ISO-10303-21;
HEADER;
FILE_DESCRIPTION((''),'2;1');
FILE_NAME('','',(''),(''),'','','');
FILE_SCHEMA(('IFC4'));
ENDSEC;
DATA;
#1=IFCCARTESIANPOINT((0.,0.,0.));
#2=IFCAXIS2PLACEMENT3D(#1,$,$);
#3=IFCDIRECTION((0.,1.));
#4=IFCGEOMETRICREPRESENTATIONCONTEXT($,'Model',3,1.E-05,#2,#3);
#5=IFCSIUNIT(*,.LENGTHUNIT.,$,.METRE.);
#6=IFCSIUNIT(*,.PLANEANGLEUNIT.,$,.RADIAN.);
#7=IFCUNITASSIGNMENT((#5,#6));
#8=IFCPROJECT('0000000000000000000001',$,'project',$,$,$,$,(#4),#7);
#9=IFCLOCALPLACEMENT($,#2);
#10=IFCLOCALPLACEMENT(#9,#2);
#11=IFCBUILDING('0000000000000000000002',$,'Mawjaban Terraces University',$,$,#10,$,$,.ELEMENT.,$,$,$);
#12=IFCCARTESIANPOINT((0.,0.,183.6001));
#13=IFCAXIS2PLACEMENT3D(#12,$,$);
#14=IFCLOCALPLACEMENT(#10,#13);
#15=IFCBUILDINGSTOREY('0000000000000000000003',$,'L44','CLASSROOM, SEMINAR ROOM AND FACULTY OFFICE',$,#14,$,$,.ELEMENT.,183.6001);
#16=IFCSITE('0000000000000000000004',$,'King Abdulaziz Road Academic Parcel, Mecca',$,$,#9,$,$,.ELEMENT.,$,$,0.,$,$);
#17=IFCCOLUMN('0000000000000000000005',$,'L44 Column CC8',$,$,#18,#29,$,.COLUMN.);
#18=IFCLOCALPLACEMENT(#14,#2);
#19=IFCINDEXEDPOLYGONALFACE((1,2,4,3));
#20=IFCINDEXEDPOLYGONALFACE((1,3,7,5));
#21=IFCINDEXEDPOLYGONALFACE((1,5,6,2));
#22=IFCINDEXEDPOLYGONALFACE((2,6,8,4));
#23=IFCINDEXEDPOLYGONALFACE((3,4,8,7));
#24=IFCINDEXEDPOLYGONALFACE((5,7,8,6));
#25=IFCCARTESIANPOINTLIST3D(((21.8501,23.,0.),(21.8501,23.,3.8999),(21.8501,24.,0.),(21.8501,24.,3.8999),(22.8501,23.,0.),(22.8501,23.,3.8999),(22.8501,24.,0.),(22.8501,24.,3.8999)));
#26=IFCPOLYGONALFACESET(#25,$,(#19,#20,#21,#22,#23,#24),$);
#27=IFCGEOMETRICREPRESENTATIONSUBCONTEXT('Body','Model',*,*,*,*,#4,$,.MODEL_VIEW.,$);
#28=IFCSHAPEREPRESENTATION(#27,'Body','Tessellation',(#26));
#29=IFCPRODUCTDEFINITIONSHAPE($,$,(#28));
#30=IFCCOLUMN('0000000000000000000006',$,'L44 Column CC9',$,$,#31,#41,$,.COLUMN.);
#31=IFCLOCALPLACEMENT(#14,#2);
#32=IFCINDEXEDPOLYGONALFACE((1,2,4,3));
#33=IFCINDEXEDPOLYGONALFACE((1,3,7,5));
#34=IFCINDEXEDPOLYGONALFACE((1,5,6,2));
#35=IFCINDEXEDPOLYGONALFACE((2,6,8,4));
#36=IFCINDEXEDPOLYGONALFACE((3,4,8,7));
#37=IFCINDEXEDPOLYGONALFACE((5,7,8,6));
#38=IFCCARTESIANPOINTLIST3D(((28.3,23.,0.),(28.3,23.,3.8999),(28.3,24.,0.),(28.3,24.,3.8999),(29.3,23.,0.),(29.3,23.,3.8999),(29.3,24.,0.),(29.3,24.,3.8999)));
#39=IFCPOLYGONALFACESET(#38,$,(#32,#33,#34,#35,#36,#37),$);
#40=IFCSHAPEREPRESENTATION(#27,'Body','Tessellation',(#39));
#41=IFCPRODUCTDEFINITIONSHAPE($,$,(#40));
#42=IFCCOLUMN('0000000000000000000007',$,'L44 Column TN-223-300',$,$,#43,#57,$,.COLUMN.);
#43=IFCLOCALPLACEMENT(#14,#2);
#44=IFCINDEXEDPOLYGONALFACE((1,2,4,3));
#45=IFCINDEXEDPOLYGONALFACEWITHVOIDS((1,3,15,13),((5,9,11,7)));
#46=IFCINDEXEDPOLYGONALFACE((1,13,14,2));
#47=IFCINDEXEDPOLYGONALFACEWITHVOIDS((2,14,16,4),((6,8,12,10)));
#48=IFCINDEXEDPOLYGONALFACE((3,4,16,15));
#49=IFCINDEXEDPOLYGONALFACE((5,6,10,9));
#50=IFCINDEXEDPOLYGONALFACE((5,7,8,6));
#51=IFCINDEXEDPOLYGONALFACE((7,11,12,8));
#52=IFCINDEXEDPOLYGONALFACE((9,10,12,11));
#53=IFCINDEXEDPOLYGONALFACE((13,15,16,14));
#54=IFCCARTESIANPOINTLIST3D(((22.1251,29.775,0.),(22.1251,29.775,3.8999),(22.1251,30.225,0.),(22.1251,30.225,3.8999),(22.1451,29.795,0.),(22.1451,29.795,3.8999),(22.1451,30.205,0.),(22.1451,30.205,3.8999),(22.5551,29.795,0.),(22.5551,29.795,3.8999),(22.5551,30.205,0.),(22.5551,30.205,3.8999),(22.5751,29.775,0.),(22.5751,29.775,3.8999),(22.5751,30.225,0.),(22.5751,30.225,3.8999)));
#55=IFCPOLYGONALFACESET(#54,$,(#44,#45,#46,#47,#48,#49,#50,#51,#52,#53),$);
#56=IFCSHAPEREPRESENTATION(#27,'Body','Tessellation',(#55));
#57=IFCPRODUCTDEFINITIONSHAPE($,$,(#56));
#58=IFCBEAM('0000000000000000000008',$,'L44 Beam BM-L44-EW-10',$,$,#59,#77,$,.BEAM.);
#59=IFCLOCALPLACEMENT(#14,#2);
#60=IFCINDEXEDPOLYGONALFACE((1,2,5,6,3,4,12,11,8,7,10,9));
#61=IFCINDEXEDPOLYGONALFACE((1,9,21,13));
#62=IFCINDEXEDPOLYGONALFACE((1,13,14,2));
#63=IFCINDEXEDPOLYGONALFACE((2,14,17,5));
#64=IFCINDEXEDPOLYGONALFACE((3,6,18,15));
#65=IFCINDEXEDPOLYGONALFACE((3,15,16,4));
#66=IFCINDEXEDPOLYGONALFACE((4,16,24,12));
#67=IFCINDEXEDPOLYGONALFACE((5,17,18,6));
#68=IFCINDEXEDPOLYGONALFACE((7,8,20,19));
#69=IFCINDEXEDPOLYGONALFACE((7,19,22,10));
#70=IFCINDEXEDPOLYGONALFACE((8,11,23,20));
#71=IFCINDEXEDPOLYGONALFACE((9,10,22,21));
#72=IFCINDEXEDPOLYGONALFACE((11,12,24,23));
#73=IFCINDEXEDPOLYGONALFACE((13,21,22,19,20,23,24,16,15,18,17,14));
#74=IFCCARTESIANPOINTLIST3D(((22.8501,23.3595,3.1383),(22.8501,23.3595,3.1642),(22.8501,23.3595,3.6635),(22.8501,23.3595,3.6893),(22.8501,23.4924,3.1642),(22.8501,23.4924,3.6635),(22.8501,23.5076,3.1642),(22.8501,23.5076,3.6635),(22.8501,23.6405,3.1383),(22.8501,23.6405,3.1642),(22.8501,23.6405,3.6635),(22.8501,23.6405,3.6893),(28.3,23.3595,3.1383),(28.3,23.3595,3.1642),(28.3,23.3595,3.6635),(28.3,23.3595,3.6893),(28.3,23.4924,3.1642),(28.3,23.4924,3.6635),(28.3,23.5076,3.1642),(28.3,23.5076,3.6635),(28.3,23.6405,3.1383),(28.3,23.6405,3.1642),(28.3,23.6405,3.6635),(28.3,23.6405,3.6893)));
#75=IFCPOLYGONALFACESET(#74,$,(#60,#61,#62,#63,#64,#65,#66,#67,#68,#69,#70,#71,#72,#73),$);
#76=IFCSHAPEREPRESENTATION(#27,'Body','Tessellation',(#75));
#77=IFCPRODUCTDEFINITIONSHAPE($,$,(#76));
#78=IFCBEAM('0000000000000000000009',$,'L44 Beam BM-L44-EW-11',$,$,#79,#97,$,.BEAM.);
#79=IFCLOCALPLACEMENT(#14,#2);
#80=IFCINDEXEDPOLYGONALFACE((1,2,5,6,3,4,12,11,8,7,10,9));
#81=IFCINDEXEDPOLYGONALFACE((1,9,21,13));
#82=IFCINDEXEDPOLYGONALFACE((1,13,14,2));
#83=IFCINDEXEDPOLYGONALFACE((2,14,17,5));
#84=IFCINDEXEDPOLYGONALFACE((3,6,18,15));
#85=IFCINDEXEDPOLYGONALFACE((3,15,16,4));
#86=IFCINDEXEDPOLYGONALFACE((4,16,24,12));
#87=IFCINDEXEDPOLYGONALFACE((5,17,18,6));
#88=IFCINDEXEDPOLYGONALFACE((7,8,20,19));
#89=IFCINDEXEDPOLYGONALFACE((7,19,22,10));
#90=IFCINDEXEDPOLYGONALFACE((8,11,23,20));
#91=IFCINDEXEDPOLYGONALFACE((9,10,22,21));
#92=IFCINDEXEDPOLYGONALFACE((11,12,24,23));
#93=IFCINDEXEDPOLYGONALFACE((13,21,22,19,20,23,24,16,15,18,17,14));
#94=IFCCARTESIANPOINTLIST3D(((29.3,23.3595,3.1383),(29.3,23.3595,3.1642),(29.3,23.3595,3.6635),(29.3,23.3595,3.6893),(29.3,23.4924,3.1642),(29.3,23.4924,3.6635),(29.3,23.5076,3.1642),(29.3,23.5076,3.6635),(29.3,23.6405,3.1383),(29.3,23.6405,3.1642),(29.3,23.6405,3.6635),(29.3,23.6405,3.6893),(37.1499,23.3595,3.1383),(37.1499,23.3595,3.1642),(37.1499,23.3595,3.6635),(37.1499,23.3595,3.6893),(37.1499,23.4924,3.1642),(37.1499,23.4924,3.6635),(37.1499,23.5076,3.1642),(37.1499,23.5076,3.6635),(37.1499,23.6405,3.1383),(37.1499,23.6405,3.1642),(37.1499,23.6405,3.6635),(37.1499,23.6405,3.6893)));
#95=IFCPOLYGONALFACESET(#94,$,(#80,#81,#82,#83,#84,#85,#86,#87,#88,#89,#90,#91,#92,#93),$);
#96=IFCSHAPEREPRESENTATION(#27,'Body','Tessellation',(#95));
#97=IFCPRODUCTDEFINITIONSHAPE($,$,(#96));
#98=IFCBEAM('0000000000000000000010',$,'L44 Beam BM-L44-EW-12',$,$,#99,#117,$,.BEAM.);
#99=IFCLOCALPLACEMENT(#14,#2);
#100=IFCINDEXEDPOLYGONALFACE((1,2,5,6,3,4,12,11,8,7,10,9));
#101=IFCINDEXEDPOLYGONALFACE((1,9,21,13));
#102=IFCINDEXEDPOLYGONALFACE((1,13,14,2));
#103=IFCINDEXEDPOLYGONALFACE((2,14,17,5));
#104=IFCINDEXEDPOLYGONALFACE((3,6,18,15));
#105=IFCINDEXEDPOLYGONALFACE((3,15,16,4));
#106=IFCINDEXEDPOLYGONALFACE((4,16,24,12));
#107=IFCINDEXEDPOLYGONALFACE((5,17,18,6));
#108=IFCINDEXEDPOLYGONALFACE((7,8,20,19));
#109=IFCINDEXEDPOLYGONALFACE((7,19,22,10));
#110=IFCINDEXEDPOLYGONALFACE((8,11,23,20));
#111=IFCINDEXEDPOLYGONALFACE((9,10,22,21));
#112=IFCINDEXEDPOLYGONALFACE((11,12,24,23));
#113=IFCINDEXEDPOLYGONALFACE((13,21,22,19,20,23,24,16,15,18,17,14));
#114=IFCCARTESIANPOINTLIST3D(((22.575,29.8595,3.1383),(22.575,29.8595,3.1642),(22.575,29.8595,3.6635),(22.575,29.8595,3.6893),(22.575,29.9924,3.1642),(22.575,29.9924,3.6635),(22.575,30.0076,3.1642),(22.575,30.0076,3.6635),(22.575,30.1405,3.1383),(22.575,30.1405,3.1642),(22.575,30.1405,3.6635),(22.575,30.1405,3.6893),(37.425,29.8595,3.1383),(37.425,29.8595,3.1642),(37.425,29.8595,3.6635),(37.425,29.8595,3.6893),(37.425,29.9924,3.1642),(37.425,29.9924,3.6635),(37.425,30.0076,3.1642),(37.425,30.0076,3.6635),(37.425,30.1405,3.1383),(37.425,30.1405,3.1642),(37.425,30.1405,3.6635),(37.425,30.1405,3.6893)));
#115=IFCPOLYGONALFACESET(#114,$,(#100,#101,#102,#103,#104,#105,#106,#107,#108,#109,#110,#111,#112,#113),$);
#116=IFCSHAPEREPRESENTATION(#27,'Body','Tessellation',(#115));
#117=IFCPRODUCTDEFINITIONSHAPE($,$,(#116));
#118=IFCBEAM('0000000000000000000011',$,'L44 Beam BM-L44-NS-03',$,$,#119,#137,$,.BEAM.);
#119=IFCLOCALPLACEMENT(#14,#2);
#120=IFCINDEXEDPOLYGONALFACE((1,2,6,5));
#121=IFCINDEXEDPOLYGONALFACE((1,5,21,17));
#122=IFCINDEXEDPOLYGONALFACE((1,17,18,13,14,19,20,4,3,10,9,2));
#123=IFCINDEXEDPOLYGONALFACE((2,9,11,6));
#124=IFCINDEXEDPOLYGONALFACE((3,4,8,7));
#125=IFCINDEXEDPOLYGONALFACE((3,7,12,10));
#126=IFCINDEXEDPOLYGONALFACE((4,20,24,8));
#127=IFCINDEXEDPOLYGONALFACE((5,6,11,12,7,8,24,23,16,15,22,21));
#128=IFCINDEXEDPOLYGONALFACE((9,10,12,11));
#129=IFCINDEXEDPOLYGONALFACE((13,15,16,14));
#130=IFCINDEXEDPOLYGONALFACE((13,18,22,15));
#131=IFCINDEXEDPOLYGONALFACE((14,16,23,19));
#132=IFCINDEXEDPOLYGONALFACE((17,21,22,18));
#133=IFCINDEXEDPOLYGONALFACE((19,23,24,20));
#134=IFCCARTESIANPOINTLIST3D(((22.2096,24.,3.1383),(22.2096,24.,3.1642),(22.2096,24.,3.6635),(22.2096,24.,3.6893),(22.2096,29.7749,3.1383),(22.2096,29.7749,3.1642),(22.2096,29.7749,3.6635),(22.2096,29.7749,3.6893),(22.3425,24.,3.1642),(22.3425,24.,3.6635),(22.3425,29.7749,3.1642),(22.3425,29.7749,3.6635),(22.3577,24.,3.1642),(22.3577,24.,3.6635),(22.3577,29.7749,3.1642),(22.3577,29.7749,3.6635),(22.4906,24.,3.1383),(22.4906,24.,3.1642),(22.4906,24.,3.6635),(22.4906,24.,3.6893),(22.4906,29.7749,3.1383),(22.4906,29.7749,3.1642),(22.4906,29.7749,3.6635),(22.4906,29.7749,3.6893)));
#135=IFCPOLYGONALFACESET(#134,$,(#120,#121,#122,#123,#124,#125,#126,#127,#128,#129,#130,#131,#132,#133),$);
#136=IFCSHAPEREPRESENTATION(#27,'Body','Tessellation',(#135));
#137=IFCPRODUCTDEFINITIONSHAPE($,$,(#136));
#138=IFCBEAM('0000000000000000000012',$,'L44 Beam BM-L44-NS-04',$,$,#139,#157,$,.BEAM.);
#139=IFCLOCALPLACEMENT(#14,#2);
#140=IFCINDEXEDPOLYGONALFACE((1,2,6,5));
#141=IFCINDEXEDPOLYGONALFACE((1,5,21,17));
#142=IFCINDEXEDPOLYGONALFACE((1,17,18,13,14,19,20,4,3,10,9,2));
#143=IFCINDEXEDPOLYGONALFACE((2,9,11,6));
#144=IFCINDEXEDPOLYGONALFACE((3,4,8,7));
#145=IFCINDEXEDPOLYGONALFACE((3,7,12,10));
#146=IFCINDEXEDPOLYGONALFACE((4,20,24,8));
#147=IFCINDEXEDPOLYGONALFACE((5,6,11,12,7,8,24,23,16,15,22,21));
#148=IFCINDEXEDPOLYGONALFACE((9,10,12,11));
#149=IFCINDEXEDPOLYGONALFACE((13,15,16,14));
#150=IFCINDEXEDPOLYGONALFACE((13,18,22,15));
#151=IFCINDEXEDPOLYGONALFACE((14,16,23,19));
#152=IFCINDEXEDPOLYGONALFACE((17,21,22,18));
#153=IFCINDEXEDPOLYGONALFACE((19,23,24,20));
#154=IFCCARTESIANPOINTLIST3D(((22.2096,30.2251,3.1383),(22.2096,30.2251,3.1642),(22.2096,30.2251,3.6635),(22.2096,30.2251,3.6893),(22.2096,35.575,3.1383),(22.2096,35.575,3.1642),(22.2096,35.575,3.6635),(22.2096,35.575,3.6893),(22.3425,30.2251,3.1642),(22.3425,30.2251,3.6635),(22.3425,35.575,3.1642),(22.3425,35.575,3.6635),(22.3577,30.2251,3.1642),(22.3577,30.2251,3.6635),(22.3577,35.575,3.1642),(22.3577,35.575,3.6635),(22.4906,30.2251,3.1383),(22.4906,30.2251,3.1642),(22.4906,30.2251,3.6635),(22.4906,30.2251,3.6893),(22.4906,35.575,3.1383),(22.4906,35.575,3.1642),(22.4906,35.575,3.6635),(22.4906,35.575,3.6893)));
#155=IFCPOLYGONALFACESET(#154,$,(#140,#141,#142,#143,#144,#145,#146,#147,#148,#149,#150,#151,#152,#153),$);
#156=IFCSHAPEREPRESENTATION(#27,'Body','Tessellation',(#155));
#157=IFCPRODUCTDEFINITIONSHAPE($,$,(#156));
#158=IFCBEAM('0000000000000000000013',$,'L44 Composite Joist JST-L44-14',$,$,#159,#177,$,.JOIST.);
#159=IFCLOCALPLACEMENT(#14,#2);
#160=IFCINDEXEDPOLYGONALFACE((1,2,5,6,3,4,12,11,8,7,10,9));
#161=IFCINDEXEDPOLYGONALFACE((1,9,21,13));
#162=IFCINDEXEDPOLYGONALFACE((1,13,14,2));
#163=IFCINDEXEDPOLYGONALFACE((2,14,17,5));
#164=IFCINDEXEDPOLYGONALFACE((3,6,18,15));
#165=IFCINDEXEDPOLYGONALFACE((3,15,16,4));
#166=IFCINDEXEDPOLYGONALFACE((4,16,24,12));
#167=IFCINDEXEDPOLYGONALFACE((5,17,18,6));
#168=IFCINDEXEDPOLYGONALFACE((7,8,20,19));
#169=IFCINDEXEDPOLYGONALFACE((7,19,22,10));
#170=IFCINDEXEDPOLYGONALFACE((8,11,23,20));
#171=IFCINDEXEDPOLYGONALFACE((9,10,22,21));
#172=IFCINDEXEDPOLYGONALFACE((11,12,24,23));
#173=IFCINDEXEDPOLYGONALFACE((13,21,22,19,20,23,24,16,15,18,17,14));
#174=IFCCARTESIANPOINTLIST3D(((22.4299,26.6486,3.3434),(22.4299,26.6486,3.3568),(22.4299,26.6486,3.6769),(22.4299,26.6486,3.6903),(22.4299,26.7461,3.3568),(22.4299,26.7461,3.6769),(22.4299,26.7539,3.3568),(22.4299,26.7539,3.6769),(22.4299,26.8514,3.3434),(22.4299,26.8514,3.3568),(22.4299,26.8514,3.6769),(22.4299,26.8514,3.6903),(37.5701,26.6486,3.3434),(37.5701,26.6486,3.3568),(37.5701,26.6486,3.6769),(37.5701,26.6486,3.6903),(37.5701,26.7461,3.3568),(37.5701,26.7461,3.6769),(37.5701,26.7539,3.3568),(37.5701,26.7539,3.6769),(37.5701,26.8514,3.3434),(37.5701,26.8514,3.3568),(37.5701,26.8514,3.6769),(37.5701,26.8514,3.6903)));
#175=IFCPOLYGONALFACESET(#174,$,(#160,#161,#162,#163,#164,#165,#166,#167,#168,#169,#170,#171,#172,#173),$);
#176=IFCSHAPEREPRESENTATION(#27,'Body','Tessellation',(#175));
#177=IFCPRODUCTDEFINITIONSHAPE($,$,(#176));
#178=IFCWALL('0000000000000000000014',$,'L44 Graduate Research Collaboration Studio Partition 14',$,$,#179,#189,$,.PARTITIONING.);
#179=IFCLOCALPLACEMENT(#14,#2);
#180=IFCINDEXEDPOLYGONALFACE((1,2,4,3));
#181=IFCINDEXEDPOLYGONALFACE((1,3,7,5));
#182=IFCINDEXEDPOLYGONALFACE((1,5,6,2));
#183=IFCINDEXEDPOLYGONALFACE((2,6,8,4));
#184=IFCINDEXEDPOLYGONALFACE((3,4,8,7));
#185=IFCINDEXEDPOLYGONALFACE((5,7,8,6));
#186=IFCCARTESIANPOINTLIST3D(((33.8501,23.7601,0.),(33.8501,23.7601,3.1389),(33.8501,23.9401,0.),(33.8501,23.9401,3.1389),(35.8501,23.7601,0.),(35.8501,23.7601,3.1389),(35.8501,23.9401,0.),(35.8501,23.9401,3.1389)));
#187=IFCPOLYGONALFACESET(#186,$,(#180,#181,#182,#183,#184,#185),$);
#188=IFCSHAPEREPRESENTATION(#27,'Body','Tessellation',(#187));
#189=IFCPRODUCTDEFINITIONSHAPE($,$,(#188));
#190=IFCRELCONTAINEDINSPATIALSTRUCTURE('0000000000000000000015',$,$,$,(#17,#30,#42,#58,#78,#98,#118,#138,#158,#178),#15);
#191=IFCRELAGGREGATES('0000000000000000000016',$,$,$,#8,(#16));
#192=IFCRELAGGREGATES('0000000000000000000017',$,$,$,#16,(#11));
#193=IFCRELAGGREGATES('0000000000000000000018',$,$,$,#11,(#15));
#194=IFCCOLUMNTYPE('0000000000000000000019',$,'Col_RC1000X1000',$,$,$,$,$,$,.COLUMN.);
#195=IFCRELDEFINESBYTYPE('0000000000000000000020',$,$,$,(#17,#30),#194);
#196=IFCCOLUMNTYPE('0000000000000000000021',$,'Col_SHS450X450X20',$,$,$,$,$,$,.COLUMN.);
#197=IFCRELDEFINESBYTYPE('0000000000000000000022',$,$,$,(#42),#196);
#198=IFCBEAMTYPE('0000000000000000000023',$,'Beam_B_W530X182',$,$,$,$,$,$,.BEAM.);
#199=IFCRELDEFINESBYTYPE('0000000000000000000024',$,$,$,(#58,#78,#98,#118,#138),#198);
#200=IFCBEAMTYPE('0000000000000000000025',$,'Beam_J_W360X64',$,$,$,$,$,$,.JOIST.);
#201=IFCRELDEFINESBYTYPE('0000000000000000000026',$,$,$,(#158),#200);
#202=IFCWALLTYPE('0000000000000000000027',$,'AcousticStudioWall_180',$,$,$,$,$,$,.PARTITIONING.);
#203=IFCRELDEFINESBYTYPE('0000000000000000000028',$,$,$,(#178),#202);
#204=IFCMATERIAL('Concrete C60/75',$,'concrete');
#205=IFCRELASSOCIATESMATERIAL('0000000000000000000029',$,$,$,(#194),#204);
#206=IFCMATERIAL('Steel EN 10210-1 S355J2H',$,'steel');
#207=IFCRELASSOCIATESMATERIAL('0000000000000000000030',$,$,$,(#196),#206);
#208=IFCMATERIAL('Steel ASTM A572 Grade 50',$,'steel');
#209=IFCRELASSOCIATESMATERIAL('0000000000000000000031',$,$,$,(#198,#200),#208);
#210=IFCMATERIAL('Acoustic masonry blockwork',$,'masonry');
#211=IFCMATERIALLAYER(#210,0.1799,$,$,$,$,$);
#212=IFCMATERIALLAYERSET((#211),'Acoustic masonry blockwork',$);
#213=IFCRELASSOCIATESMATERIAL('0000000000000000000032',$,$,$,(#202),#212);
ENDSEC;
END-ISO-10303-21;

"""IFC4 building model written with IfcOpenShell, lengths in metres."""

from ifc_helpers import new_model, si_unit, direction, frame, frame_2d, origin, origin_2d, place, context, subcontext, project, spatial, rectangle, hollow_rectangle, i_section, extrude, material, layer, layer_set, material_profile, profile_set, type_object, element, save


model = new_model("IFC4")

# Units and contexts
model_context = context("Model", 3, precision=1e-05, world=origin(), true_north=direction((0.0, 1.0)))
body_context = subcontext(model_context, "Body", "Model", "MODEL_VIEW")
ifc_project = project(units=[si_unit("LENGTHUNIT", "METRE"), si_unit("PLANEANGLEUNIT", "RADIAN")], contexts=[model_context])

# Site, building, storey
site_placement = place(None, origin())
site = spatial("IfcSite", under=ifc_project, at=site_placement, Name="King Abdulaziz Road Academic Parcel, Mecca", CompositionType="ELEMENT", RefElevation=0.0)
building_placement = place(site_placement, origin())
building = spatial("IfcBuilding", under=site, at=building_placement, Name="Mawjaban Terraces University", CompositionType="ELEMENT")
storey_placement = place(building_placement, frame((0.0, 0.0, 183.6001)))
storey = spatial("IfcBuildingStorey", under=building, at=storey_placement, Name="L44", Description="CLASSROOM, SEMINAR ROOM AND FACULTY OFFICE", CompositionType="ELEMENT", Elevation=183.6001)

# Columns
ifc_material_1 = material(Name="Concrete C60/75", Category="concrete")
ifc_material_profile_1 = material_profile(ifc_material_1, rectangle(XDim=1.0, YDim=1.0, at=origin_2d()), Name="RC1000X1000")
ifc_profile_set_1 = profile_set([ifc_material_profile_1], Name="Concrete C60/75")
column_type_1 = type_object("IfcColumnType", Name="Col_RC1000X1000", PredefinedType="COLUMN", material=ifc_profile_set_1)
for number, where, z_axis, x_axis, name in (
    (1, (22.3501, 23.5, 0.0), (0.0, 0.0, 1.0), (1.0, 0.0, 0.0), "L44 Column CC8"),
    (2, (28.8, 23.5, 0.0), (0.0, 0.0, 1.0), (1.0, 0.0, 0.0), "L44 Column CC9"),
):
    element("IfcColumn", number, at=place(storey_placement, frame(where, z_axis=z_axis, x_axis=x_axis)), inside=storey, type_object=column_type_1, Name=name, PredefinedType="COLUMN", context=body_context, shape_type="SweptSolid", body=[
        extrude(rectangle(XDim=1.0, YDim=1.0, at=origin_2d()), origin(), (0.0, 0.0, 1.0), 3.8999),
    ])
ifc_material_2 = material(Name="Steel EN 10210-1 S355J2H", Category="steel")
ifc_material_profile_2 = material_profile(ifc_material_2, hollow_rectangle(XDim=0.45, YDim=0.45, WallThickness=0.02, at=origin_2d()), Name="SHS450X450X20")
ifc_profile_set_2 = profile_set([ifc_material_profile_2], Name="Steel EN 10210-1 S355J2H")
column_type_2 = type_object("IfcColumnType", Name="Col_SHS450X450X20", PredefinedType="COLUMN", material=ifc_profile_set_2)
column_placement = place(storey_placement, frame((22.3501, 30.0, 0.0), z_axis=(0.0, 0.0, 1.0), x_axis=(1.0, 0.0, 0.0)))
element("IfcColumn", 3, at=column_placement, inside=storey, type_object=column_type_2, Name="L44 Column TN-223-300", PredefinedType="COLUMN", context=body_context, shape_type="SweptSolid", body=[
    extrude(hollow_rectangle(XDim=0.45, YDim=0.45, WallThickness=0.02, at=origin_2d()), origin(), (0.0, 0.0, 1.0), 3.8999),
])

# Beams
ifc_material_3 = material(Name="Steel ASTM A572 Grade 50", Category="steel")
ifc_material_profile_3 = material_profile(ifc_material_3, i_section(OverallWidth=0.281, OverallDepth=0.551, WebThickness=0.0151, FlangeThickness=0.0259, at=origin_2d()), Name="W530X182")
ifc_profile_set_3 = profile_set([ifc_material_profile_3], Name="Steel ASTM A572 Grade 50")
beam_type_1 = type_object("IfcBeamType", Name="Beam_B_W530X182", PredefinedType="BEAM", material=ifc_profile_set_3)
beam_1_placement = place(storey_placement, frame((22.8501, 23.5, 3.4138), z_axis=(1.0, 0.0, 0.0), x_axis=(0.0, 1.0, 0.0)))
element("IfcBeam", 4, at=beam_1_placement, inside=storey, type_object=beam_type_1, Name="L44 Beam BM-L44-EW-10", PredefinedType="BEAM", context=body_context, shape_type="SweptSolid", body=[
    extrude(i_section(OverallWidth=0.281, OverallDepth=0.551, WebThickness=0.0151, FlangeThickness=0.0259, at=origin_2d()), origin(), (0.0, 0.0, 1.0), 5.45),
])
beam_2_placement = place(storey_placement, frame((29.3, 23.5, 3.4138), z_axis=(1.0, 0.0, 0.0), x_axis=(0.0, 1.0, 0.0)))
element("IfcBeam", 5, at=beam_2_placement, inside=storey, type_object=beam_type_1, Name="L44 Beam BM-L44-EW-11", PredefinedType="BEAM", context=body_context, shape_type="SweptSolid", body=[
    extrude(i_section(OverallWidth=0.281, OverallDepth=0.551, WebThickness=0.0151, FlangeThickness=0.0259, at=origin_2d()), origin(), (0.0, 0.0, 1.0), 7.8499),
])
beam_3_placement = place(storey_placement, frame((22.575, 30.0, 3.4138), z_axis=(1.0, 0.0, 0.0), x_axis=(0.0, 1.0, 0.0)))
element("IfcBeam", 6, at=beam_3_placement, inside=storey, type_object=beam_type_1, Name="L44 Beam BM-L44-EW-12", PredefinedType="BEAM", context=body_context, shape_type="SweptSolid", body=[
    extrude(i_section(OverallWidth=0.281, OverallDepth=0.551, WebThickness=0.0151, FlangeThickness=0.0259, at=origin_2d()), origin(), (0.0, 0.0, 1.0), 14.8501),
])
beam_4_placement = place(storey_placement, frame((22.3501, 24.0, 3.4138), z_axis=(0.0, 1.0, 0.0), x_axis=(-1.0, 0.0, 0.0)))
element("IfcBeam", 7, at=beam_4_placement, inside=storey, type_object=beam_type_1, Name="L44 Beam BM-L44-NS-03", PredefinedType="BEAM", context=body_context, shape_type="SweptSolid", body=[
    extrude(i_section(OverallWidth=0.281, OverallDepth=0.551, WebThickness=0.0151, FlangeThickness=0.0259, at=origin_2d()), origin(), (0.0, 0.0, 1.0), 5.7749),
])
beam_5_placement = place(storey_placement, frame((22.3501, 30.2251, 3.4138), z_axis=(0.0, 1.0, 0.0), x_axis=(-1.0, 0.0, 0.0)))
element("IfcBeam", 8, at=beam_5_placement, inside=storey, type_object=beam_type_1, Name="L44 Beam BM-L44-NS-04", PredefinedType="BEAM", context=body_context, shape_type="SweptSolid", body=[
    extrude(i_section(OverallWidth=0.281, OverallDepth=0.551, WebThickness=0.0151, FlangeThickness=0.0259, at=origin_2d()), origin(), (0.0, 0.0, 1.0), 5.3499),
])
ifc_material_profile_4 = material_profile(ifc_material_3, i_section(OverallWidth=0.2029, OverallDepth=0.3469, WebThickness=0.0078, FlangeThickness=0.0134, at=origin_2d()), Name="W360X64")
ifc_profile_set_4 = profile_set([ifc_material_profile_4], Name="Steel ASTM A572 Grade 50")
beam_type_2 = type_object("IfcBeamType", Name="Beam_J_W360X64", PredefinedType="JOIST", material=ifc_profile_set_4)
beam_6_placement = place(storey_placement, frame((22.4299, 26.75, 3.5168), z_axis=(1.0, 0.0, 0.0), x_axis=(0.0, 1.0, 0.0)))
element("IfcBeam", 9, at=beam_6_placement, inside=storey, type_object=beam_type_2, Name="L44 Composite Joist JST-L44-14", PredefinedType="JOIST", context=body_context, shape_type="SweptSolid", body=[
    extrude(i_section(OverallWidth=0.2029, OverallDepth=0.3469, WebThickness=0.0078, FlangeThickness=0.0134, at=origin_2d()), origin(), (0.0, 0.0, 1.0), 15.1401),
])

# Wall
ifc_material_4 = material(Name="Acoustic masonry blockwork", Category="masonry")
ifc_layer_1 = layer(ifc_material_4, 0.1799)
ifc_layer_set_1 = layer_set([ifc_layer_1], Name="Acoustic masonry blockwork")
wall_type_1 = type_object("IfcWallType", Name="AcousticStudioWall_180", PredefinedType="PARTITIONING", material=ifc_layer_set_1)
wall_1_placement = place(storey_placement, frame((35.8501, 23.8501, 0.0), z_axis=(0.0, 0.0, 1.0), x_axis=(-1.0, 0.0, 0.0)))
element("IfcWall", 10, at=wall_1_placement, inside=storey, type_object=wall_type_1, Name="L44 Graduate Research Collaboration Studio Partition 14", PredefinedType="PARTITIONING", context=body_context, shape_type="SweptSolid", body=[
    extrude(rectangle(XDim=2.0, YDim=0.1799, at=frame_2d((1.0, 0.0))), origin(), (0.0, 0.0, 1.0), 3.1389),
])

save(model, "model.ifc")
